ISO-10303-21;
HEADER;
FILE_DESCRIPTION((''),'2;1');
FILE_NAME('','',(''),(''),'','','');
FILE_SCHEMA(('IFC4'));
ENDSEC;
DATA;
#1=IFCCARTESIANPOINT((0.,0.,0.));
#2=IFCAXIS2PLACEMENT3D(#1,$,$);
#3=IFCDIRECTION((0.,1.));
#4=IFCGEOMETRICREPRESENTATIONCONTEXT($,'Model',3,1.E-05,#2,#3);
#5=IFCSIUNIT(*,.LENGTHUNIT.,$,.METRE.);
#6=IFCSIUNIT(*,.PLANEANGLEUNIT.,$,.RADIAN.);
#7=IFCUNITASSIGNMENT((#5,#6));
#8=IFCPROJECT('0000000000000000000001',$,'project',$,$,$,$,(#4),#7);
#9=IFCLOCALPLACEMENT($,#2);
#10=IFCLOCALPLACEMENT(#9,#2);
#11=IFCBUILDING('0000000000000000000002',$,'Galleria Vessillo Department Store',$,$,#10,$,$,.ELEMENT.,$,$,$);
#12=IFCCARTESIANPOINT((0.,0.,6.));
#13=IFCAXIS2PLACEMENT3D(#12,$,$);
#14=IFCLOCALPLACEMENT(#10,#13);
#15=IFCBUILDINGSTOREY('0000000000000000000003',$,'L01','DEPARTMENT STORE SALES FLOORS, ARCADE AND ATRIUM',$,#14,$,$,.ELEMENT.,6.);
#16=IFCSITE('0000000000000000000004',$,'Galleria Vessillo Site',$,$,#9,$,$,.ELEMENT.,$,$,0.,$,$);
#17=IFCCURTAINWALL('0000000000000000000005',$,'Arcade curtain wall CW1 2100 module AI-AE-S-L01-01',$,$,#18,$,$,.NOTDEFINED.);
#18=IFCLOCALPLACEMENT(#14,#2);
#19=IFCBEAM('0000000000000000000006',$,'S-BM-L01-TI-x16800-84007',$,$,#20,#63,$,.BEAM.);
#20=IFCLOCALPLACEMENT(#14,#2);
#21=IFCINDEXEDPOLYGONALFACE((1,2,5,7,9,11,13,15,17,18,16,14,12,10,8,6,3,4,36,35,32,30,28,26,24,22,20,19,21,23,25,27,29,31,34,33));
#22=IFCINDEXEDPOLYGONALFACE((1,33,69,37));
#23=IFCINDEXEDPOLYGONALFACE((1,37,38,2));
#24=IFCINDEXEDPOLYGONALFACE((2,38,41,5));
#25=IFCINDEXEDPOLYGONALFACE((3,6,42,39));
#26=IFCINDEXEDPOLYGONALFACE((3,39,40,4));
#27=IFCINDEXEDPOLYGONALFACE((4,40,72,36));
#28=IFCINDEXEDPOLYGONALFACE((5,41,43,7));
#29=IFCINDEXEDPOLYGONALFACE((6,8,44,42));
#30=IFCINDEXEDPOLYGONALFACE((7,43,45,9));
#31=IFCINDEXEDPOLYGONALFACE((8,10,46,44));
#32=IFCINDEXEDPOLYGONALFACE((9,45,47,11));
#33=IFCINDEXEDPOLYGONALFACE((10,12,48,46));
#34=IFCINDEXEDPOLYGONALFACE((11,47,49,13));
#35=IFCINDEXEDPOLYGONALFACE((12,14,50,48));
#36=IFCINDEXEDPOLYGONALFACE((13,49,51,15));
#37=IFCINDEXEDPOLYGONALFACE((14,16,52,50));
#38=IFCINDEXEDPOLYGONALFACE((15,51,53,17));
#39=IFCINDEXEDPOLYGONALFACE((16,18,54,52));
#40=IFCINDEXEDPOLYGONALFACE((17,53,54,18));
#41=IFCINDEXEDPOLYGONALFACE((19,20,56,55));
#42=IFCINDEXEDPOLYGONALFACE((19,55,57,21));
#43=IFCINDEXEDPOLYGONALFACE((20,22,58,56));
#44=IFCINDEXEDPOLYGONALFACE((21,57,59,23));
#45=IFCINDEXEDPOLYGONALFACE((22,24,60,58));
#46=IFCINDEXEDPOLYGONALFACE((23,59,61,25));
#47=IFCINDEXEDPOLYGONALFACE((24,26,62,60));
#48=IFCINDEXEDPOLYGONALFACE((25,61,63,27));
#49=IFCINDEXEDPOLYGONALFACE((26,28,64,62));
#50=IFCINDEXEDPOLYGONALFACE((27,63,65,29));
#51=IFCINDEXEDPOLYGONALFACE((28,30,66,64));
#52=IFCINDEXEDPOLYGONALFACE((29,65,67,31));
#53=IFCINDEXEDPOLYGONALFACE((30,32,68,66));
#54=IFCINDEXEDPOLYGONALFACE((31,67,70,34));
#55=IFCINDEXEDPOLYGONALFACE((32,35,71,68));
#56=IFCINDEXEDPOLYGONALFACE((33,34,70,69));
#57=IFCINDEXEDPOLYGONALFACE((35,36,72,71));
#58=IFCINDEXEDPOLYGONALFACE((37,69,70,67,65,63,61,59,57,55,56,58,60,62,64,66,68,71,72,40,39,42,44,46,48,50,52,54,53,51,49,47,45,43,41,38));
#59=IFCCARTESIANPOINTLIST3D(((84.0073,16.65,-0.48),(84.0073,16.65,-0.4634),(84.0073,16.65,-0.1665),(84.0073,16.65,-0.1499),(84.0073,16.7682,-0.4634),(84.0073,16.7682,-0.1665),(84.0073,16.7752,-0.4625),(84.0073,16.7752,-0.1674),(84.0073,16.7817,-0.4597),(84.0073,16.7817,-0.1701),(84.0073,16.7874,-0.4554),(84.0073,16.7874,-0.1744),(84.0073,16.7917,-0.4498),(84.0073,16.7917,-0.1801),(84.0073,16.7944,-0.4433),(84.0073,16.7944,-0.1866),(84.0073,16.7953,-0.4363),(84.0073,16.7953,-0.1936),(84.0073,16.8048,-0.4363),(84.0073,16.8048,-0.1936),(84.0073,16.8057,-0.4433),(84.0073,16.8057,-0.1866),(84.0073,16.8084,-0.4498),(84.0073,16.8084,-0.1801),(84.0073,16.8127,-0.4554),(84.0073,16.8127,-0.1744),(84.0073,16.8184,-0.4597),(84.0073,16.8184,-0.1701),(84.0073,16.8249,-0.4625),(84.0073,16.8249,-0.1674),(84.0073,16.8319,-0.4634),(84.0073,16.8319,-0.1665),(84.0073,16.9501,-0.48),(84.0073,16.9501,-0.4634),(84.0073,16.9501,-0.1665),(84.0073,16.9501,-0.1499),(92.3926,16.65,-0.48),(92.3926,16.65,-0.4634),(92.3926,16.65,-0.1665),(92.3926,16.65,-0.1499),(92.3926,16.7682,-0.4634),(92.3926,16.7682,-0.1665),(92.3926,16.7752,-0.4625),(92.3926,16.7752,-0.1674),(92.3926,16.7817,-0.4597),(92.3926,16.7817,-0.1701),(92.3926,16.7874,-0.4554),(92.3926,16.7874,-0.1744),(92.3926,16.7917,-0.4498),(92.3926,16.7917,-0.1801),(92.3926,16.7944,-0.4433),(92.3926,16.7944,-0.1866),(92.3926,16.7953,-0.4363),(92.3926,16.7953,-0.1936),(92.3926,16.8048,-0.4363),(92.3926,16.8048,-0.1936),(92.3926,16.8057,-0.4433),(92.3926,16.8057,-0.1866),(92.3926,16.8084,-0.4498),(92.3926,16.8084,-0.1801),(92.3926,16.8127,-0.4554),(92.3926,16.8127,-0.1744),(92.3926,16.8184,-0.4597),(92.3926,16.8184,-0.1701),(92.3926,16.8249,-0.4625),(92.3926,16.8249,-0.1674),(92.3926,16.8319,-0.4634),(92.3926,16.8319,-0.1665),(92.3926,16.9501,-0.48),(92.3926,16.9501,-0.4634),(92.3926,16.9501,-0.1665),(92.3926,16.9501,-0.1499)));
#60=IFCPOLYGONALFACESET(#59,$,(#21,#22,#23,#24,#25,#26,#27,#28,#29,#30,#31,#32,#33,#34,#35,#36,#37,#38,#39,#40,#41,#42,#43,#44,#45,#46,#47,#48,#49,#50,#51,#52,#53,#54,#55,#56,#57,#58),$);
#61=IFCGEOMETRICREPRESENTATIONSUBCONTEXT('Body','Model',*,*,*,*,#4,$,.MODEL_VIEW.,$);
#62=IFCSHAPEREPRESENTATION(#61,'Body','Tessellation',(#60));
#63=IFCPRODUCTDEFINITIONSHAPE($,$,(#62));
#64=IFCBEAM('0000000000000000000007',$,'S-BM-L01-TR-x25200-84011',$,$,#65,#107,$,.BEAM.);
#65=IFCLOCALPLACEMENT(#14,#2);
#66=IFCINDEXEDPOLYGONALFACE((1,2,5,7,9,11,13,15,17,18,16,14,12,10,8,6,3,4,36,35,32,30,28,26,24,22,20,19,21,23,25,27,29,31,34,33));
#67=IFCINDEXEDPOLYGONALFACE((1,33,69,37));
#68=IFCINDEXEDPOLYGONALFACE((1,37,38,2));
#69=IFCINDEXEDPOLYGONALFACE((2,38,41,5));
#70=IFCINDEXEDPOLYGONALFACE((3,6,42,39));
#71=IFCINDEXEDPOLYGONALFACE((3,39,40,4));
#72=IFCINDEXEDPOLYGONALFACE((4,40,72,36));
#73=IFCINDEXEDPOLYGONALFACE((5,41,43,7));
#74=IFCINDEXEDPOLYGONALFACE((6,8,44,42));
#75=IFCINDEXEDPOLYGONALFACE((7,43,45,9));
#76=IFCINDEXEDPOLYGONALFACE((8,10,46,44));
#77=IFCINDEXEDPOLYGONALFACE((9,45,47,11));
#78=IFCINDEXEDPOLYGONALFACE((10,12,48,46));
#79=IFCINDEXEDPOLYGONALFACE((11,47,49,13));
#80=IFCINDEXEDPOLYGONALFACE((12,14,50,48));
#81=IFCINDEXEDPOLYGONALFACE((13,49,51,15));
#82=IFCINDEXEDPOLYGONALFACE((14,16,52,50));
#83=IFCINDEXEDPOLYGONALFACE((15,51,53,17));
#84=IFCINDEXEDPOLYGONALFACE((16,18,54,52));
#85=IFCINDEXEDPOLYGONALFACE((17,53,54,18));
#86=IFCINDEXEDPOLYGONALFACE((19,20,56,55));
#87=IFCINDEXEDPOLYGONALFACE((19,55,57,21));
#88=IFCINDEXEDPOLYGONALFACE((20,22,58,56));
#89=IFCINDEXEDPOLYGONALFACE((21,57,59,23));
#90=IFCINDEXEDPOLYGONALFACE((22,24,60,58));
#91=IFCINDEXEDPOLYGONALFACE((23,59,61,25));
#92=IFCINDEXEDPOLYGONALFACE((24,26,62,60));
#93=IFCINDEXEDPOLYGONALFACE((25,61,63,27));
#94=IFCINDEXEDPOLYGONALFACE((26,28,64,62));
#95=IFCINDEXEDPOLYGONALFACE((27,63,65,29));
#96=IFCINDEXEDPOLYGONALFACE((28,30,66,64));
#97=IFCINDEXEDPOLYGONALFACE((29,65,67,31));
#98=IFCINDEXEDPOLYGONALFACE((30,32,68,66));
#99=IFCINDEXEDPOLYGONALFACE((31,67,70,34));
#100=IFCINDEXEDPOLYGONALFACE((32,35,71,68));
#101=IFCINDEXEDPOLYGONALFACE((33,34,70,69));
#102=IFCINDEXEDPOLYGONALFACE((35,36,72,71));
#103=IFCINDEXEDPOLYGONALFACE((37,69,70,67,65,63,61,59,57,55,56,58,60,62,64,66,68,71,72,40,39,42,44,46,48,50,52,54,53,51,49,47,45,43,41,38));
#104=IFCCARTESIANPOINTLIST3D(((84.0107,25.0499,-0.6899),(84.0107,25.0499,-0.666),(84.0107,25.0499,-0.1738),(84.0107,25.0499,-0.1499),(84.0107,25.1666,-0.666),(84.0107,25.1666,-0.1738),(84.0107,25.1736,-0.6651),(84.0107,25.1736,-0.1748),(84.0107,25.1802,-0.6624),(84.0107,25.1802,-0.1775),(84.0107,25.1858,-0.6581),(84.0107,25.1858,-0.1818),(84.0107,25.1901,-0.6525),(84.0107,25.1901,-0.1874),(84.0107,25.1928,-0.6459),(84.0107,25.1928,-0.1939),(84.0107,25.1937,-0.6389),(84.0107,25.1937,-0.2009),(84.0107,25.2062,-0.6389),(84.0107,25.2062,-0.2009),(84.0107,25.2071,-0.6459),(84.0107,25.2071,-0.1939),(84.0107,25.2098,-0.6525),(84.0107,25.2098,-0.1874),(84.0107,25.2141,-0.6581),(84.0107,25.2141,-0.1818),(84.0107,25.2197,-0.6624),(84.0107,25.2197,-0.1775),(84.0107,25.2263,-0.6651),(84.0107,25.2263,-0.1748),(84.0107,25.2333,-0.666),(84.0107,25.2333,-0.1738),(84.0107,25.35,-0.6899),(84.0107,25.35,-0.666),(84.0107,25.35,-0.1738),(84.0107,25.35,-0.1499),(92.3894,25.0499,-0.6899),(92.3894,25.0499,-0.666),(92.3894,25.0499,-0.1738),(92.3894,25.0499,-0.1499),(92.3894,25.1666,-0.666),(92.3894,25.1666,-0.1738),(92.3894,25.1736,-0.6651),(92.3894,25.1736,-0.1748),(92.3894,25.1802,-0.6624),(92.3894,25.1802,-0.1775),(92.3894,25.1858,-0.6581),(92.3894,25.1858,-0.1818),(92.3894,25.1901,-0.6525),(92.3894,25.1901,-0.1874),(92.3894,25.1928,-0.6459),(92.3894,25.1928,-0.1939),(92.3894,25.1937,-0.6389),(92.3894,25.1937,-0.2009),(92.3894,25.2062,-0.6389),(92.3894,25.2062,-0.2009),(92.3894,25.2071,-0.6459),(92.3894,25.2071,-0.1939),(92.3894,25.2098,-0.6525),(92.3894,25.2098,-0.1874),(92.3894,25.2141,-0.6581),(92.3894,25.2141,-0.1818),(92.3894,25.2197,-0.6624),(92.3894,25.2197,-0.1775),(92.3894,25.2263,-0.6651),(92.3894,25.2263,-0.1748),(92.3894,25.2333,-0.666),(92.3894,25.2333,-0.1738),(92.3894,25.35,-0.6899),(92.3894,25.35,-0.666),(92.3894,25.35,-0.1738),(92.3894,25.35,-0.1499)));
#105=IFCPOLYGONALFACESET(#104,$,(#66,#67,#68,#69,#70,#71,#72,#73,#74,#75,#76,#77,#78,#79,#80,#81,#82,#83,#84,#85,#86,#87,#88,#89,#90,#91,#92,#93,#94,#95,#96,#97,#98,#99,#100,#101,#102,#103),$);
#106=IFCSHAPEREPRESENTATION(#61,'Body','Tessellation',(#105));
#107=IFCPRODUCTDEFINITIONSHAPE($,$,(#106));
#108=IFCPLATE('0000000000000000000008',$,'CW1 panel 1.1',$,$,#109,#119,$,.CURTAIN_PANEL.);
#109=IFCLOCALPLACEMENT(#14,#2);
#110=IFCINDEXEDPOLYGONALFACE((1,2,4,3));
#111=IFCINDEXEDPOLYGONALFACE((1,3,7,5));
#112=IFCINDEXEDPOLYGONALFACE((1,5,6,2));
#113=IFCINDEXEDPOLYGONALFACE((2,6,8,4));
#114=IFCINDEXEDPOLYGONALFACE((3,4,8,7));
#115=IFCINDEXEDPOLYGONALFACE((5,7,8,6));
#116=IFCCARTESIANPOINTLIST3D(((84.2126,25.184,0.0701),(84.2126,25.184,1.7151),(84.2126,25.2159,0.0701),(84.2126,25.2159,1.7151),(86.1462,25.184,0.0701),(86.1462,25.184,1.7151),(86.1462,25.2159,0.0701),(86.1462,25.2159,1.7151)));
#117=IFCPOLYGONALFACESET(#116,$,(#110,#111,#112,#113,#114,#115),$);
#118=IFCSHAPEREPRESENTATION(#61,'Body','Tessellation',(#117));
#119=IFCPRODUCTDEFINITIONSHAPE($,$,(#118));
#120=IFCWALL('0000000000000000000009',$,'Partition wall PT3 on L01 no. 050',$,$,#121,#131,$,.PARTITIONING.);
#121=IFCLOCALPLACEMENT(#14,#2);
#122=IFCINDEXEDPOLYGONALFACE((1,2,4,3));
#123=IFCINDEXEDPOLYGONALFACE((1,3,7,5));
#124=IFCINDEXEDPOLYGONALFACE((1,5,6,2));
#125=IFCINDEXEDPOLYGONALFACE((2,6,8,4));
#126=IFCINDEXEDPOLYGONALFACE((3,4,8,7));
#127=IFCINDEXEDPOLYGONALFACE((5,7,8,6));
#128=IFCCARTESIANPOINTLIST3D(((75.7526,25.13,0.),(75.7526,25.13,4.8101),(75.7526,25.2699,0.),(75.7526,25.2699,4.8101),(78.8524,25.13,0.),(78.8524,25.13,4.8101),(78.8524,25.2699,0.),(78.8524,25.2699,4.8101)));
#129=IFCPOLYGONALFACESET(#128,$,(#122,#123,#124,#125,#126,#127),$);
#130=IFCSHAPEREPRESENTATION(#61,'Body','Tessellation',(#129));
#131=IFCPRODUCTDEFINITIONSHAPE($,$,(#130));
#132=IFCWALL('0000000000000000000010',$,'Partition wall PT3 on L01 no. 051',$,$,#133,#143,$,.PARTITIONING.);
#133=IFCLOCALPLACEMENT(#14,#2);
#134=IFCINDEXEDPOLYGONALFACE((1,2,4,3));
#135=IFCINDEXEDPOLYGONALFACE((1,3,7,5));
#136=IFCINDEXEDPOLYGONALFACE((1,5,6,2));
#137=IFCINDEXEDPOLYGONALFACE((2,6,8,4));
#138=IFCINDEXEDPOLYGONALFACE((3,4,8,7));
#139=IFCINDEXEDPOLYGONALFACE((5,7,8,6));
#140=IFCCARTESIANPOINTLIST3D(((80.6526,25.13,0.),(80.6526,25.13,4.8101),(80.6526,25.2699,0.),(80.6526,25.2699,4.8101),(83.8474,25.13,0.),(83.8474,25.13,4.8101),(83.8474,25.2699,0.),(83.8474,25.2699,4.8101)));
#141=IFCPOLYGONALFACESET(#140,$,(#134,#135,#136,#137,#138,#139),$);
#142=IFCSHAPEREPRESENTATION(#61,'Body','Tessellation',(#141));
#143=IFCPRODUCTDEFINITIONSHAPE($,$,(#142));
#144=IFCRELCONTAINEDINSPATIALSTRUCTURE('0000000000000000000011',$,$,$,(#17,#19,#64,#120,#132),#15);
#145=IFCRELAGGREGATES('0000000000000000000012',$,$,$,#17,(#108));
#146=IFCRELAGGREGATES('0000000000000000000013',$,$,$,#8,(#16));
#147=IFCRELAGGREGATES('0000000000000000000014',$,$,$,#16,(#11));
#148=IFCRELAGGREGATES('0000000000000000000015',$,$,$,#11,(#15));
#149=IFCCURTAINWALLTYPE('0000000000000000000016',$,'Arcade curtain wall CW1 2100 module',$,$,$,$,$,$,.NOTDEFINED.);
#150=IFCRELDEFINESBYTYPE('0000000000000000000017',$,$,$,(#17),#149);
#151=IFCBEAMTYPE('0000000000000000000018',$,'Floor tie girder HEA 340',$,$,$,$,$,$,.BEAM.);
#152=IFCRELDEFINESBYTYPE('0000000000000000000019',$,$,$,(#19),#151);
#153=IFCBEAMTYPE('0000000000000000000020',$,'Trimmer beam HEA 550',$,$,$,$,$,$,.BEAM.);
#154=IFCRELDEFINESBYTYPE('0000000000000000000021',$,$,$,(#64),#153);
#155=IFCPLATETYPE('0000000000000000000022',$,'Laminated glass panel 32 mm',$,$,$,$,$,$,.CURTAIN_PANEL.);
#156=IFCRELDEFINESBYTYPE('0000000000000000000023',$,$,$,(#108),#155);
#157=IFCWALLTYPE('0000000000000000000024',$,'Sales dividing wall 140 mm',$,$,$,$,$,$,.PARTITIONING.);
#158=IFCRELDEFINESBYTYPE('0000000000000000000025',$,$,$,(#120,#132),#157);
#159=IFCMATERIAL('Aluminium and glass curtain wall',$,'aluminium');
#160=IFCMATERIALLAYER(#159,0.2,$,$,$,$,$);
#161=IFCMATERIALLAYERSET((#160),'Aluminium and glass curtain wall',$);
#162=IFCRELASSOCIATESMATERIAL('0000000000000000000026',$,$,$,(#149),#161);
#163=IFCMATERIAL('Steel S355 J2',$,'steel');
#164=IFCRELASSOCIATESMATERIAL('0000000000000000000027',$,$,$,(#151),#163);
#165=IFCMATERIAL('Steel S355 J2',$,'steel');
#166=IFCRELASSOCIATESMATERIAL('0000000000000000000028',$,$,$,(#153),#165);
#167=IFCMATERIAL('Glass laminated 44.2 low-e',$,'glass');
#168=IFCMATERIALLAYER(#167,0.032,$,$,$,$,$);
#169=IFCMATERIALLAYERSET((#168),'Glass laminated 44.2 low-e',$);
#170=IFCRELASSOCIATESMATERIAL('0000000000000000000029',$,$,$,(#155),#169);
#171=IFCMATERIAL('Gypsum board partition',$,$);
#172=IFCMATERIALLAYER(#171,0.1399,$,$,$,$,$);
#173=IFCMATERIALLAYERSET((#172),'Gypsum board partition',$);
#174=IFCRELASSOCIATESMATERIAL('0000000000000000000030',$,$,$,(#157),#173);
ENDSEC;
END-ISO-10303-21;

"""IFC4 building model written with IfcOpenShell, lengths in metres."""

from ifc_helpers import new_model, si_unit, direction, frame, frame_2d, origin, origin_2d, place, context, subcontext, project, spatial, rectangle, i_section, extrude, material, layer, layer_set, material_profile, profile_set, type_object, element, aggregate, save


model = new_model("IFC4")

# Units and contexts
model_context = context("Model", 3, precision=1e-05, world=origin(), true_north=direction((0.0, 1.0)))
body_context = subcontext(model_context, "Body", "Model", "MODEL_VIEW")
ifc_project = project(units=[si_unit("LENGTHUNIT", "METRE"), si_unit("PLANEANGLEUNIT", "RADIAN")], contexts=[model_context])

# Site, building, storey
site_placement = place(None, origin())
site = spatial("IfcSite", under=ifc_project, at=site_placement, Name="Galleria Vessillo Site", CompositionType="ELEMENT", RefElevation=0.0)
building_placement = place(site_placement, origin())
building = spatial("IfcBuilding", under=site, at=building_placement, Name="Galleria Vessillo Department Store", CompositionType="ELEMENT")
storey_placement = place(building_placement, frame((0.0, 0.0, 6.0)))
storey = spatial("IfcBuildingStorey", under=building, at=storey_placement, Name="L01", Description="DEPARTMENT STORE SALES FLOORS, ARCADE AND ATRIUM", CompositionType="ELEMENT", Elevation=6.0)

# Curtain wall
ifc_material_1 = material(Name="Aluminium and glass curtain wall", Category="aluminium")
ifc_layer_1 = layer(ifc_material_1, 0.2)
ifc_layer_set_1 = layer_set([ifc_layer_1], Name="Aluminium and glass curtain wall")
curtain_wall_type = type_object("IfcCurtainWallType", Name="Arcade curtain wall CW1 2100 module", PredefinedType="NOTDEFINED", material=ifc_layer_set_1)
curtain_wall_placement = place(storey_placement, origin())
curtain_wall = element("IfcCurtainWall", 1, at=curtain_wall_placement, inside=storey, type_object=curtain_wall_type, Name="Arcade curtain wall CW1 2100 module AI-AE-S-L01-01", PredefinedType="NOTDEFINED")

# Beams
ifc_material_2 = material(Name="Steel S355 J2", Category="steel")
ifc_material_profile_1 = material_profile(ifc_material_2, i_section(OverallWidth=0.3, OverallDepth=0.3301, WebThickness=0.0095, FlangeThickness=0.0166, FilletRadius=0.0271, at=origin_2d()), Name="HEA 340")
ifc_profile_set_1 = profile_set([ifc_material_profile_1], Name="Steel S355 J2")
beam_type_1 = type_object("IfcBeamType", Name="Floor tie girder HEA 340", PredefinedType="BEAM", material=ifc_profile_set_1)
for number, where, z_axis, x_axis, name in (
    (2, (84.0073, 16.8, -0.3149), (1.0, 0.0, 0.0), (0.0, 1.0, 0.0), "S-BM-L01-TI-x16800-84007"),
):
    element("IfcBeam", number, at=place(storey_placement, frame(where, z_axis=z_axis, x_axis=x_axis)), inside=storey, type_object=beam_type_1, Name=name, PredefinedType="BEAM", context=body_context, shape_type="SweptSolid", body=[
        extrude(i_section(OverallWidth=0.3, OverallDepth=0.3301, WebThickness=0.0095, FlangeThickness=0.0166, FilletRadius=0.0271, at=origin_2d()), origin(), (0.0, 0.0, 1.0), 8.3853),
    ])
ifc_material_3 = material(Name="Steel S355 J2", Category="steel")
ifc_material_profile_2 = material_profile(ifc_material_3, i_section(OverallWidth=0.3, OverallDepth=0.54, WebThickness=0.0125, FlangeThickness=0.0239, FilletRadius=0.0271, at=origin_2d()), Name="HEA 550")
ifc_profile_set_2 = profile_set([ifc_material_profile_2], Name="Steel S355 J2")
beam_type_2 = type_object("IfcBeamType", Name="Trimmer beam HEA 550", PredefinedType="BEAM", material=ifc_profile_set_2)
beam_1_placement = place(storey_placement, frame((84.0107, 25.2, -0.4199), z_axis=(1.0, 0.0, 0.0), x_axis=(0.0, 1.0, 0.0)))
element("IfcBeam", 3, at=beam_1_placement, inside=storey, type_object=beam_type_2, Name="S-BM-L01-TR-x25200-84011", PredefinedType="BEAM", context=body_context, shape_type="SweptSolid", body=[
    extrude(i_section(OverallWidth=0.3, OverallDepth=0.54, WebThickness=0.0125, FlangeThickness=0.0239, FilletRadius=0.0271, at=origin_2d()), origin(), (0.0, 0.0, 1.0), 8.3787),
])

# Plate
ifc_material_4 = material(Name="Glass laminated 44.2 low-e", Category="glass")
ifc_layer_2 = layer(ifc_material_4, 0.032)
ifc_layer_set_2 = layer_set([ifc_layer_2], Name="Glass laminated 44.2 low-e")
plate_type = type_object("IfcPlateType", Name="Laminated glass panel 32 mm", PredefinedType="CURTAIN_PANEL", material=ifc_layer_set_2)
plate_placement = place(storey_placement, frame((85.1794, 25.2, 0.0701), z_axis=(0.0, 0.0, 1.0), x_axis=(1.0, 0.0, 0.0)))
plate = element("IfcPlate", 4, at=plate_placement, type_object=plate_type, Name="CW1 panel 1.1", PredefinedType="CURTAIN_PANEL", context=body_context, shape_type="SweptSolid", body=[
    extrude(rectangle(XDim=1.9336, YDim=0.032, at=origin_2d()), origin(), (0.0, 0.0, 1.0), 1.645),
])
aggregate(curtain_wall, [plate])

# Walls
ifc_material_5 = material(Name="Gypsum board partition")
ifc_layer_3 = layer(ifc_material_5, 0.1399)
ifc_layer_set_3 = layer_set([ifc_layer_3], Name="Gypsum board partition")
wall_type = type_object("IfcWallType", Name="Sales dividing wall 140 mm", PredefinedType="PARTITIONING", material=ifc_layer_set_3)
wall_1_placement = place(storey_placement, frame((75.7527, 25.2, 0.0), z_axis=(0.0, 0.0, 1.0), x_axis=(1.0, 0.0, 0.0)))
element("IfcWall", 5, at=wall_1_placement, inside=storey, type_object=wall_type, Name="Partition wall PT3 on L01 no. 050", PredefinedType="PARTITIONING", context=body_context, shape_type="SweptSolid", body=[
    extrude(rectangle(XDim=3.0999, YDim=0.1399, at=frame_2d((1.5498, 0.0))), origin(), (0.0, 0.0, 1.0), 4.8101),
])
wall_2_placement = place(storey_placement, frame((80.6526, 25.2, 0.0), z_axis=(0.0, 0.0, 1.0), x_axis=(1.0, 0.0, 0.0)))
element("IfcWall", 6, at=wall_2_placement, inside=storey, type_object=wall_type, Name="Partition wall PT3 on L01 no. 051", PredefinedType="PARTITIONING", context=body_context, shape_type="SweptSolid", body=[
    extrude(rectangle(XDim=3.1948, YDim=0.1399, at=frame_2d((1.5974, 0.0))), origin(), (0.0, 0.0, 1.0), 4.8101),
])

save(model, "model.ifc")
